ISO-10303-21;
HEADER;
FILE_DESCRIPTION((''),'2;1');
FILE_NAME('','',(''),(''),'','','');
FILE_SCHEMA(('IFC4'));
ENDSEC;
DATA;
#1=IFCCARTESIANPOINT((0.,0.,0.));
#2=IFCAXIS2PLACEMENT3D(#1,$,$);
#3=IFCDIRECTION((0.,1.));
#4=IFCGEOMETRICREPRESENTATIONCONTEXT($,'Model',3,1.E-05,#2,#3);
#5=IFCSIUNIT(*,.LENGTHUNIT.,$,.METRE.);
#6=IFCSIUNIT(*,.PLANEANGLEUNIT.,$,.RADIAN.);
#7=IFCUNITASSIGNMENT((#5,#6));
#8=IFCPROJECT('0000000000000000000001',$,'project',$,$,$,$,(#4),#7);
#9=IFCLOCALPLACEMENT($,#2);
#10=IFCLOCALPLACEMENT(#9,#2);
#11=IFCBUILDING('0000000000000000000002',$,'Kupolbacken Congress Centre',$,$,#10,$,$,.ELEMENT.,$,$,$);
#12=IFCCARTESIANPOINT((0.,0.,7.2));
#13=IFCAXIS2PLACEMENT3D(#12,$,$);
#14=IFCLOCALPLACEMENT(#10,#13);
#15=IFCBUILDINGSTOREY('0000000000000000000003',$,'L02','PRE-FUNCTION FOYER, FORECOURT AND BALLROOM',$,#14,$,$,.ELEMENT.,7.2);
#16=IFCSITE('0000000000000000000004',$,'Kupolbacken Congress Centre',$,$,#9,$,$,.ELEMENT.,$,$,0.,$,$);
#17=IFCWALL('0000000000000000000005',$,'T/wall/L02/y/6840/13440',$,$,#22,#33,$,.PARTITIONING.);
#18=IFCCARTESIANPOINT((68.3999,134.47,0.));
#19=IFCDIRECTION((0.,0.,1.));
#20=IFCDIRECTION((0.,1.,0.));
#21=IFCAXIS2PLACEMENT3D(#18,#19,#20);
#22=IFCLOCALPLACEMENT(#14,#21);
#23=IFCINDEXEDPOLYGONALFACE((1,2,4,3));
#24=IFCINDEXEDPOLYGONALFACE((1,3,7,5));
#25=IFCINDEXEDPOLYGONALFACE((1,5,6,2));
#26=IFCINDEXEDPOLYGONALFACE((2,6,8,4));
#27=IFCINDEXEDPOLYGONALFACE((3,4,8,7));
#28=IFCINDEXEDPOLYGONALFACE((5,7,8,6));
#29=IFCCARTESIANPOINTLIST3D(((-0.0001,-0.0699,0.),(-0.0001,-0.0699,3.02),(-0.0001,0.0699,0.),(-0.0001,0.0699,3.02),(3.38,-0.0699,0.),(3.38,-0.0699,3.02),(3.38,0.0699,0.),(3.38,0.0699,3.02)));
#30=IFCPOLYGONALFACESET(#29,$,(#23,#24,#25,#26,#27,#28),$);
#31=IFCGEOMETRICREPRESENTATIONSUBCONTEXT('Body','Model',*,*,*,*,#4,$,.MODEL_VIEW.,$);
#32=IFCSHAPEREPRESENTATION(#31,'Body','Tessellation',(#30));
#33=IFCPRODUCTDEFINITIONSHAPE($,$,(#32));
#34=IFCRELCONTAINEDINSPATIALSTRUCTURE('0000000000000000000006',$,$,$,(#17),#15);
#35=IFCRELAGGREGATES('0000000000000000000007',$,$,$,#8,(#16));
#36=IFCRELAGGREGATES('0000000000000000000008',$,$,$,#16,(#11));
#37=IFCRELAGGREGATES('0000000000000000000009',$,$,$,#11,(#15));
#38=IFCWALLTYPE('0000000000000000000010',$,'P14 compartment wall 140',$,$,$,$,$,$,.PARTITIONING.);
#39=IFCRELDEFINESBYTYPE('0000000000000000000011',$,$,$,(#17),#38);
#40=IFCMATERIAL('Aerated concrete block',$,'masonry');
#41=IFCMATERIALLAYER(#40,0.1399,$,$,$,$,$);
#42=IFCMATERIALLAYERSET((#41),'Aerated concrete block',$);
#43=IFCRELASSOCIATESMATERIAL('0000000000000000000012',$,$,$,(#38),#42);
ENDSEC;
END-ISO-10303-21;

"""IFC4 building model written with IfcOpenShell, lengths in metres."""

from ifc_helpers import new_model, si_unit, direction, frame, frame_2d, origin, place, context, subcontext, project, spatial, rectangle, extrude, material, layer, layer_set, type_object, element, save


model = new_model("IFC4")

# Units and contexts
model_context = context("Model", 3, precision=1e-05, world=origin(), true_north=direction((0.0, 1.0)))
body_context = subcontext(model_context, "Body", "Model", "MODEL_VIEW")
ifc_project = project(units=[si_unit("LENGTHUNIT", "METRE"), si_unit("PLANEANGLEUNIT", "RADIAN")], contexts=[model_context])

# Site, building, storey
site_placement = place(None, origin())
site = spatial("IfcSite", under=ifc_project, at=site_placement, Name="Kupolbacken Congress Centre", CompositionType="ELEMENT", RefElevation=0.0)
building_placement = place(site_placement, origin())
building = spatial("IfcBuilding", under=site, at=building_placement, Name="Kupolbacken Congress Centre", CompositionType="ELEMENT")
storey_placement = place(building_placement, frame((0.0, 0.0, 7.2)))
storey = spatial("IfcBuildingStorey", under=building, at=storey_placement, Name="L02", Description="PRE-FUNCTION FOYER, FORECOURT AND BALLROOM", CompositionType="ELEMENT", Elevation=7.2)

# Wall
ifc_material_1 = material(Name="Aerated concrete block", Category="masonry")
ifc_layer_1 = layer(ifc_material_1, 0.1399)
ifc_layer_set_1 = layer_set([ifc_layer_1], Name="Aerated concrete block")
wall_type_1 = type_object("IfcWallType", Name="P14 compartment wall 140", PredefinedType="PARTITIONING", material=ifc_layer_set_1)
wall_1_placement = place(storey_placement, frame((68.3999, 134.47, 0.0), z_axis=(0.0, 0.0, 1.0), x_axis=(0.0, 1.0, 0.0)))
element("IfcWall", 1, at=wall_1_placement, inside=storey, type_object=wall_type_1, Name="T/wall/L02/y/6840/13440", PredefinedType="PARTITIONING", context=body_context, shape_type="SweptSolid", body=[
    extrude(rectangle(XDim=3.3801, YDim=0.1399, at=frame_2d((1.6899, 0.0))), origin(), (0.0, 0.0, 1.0), 3.02),
])

save(model, "model.ifc")
